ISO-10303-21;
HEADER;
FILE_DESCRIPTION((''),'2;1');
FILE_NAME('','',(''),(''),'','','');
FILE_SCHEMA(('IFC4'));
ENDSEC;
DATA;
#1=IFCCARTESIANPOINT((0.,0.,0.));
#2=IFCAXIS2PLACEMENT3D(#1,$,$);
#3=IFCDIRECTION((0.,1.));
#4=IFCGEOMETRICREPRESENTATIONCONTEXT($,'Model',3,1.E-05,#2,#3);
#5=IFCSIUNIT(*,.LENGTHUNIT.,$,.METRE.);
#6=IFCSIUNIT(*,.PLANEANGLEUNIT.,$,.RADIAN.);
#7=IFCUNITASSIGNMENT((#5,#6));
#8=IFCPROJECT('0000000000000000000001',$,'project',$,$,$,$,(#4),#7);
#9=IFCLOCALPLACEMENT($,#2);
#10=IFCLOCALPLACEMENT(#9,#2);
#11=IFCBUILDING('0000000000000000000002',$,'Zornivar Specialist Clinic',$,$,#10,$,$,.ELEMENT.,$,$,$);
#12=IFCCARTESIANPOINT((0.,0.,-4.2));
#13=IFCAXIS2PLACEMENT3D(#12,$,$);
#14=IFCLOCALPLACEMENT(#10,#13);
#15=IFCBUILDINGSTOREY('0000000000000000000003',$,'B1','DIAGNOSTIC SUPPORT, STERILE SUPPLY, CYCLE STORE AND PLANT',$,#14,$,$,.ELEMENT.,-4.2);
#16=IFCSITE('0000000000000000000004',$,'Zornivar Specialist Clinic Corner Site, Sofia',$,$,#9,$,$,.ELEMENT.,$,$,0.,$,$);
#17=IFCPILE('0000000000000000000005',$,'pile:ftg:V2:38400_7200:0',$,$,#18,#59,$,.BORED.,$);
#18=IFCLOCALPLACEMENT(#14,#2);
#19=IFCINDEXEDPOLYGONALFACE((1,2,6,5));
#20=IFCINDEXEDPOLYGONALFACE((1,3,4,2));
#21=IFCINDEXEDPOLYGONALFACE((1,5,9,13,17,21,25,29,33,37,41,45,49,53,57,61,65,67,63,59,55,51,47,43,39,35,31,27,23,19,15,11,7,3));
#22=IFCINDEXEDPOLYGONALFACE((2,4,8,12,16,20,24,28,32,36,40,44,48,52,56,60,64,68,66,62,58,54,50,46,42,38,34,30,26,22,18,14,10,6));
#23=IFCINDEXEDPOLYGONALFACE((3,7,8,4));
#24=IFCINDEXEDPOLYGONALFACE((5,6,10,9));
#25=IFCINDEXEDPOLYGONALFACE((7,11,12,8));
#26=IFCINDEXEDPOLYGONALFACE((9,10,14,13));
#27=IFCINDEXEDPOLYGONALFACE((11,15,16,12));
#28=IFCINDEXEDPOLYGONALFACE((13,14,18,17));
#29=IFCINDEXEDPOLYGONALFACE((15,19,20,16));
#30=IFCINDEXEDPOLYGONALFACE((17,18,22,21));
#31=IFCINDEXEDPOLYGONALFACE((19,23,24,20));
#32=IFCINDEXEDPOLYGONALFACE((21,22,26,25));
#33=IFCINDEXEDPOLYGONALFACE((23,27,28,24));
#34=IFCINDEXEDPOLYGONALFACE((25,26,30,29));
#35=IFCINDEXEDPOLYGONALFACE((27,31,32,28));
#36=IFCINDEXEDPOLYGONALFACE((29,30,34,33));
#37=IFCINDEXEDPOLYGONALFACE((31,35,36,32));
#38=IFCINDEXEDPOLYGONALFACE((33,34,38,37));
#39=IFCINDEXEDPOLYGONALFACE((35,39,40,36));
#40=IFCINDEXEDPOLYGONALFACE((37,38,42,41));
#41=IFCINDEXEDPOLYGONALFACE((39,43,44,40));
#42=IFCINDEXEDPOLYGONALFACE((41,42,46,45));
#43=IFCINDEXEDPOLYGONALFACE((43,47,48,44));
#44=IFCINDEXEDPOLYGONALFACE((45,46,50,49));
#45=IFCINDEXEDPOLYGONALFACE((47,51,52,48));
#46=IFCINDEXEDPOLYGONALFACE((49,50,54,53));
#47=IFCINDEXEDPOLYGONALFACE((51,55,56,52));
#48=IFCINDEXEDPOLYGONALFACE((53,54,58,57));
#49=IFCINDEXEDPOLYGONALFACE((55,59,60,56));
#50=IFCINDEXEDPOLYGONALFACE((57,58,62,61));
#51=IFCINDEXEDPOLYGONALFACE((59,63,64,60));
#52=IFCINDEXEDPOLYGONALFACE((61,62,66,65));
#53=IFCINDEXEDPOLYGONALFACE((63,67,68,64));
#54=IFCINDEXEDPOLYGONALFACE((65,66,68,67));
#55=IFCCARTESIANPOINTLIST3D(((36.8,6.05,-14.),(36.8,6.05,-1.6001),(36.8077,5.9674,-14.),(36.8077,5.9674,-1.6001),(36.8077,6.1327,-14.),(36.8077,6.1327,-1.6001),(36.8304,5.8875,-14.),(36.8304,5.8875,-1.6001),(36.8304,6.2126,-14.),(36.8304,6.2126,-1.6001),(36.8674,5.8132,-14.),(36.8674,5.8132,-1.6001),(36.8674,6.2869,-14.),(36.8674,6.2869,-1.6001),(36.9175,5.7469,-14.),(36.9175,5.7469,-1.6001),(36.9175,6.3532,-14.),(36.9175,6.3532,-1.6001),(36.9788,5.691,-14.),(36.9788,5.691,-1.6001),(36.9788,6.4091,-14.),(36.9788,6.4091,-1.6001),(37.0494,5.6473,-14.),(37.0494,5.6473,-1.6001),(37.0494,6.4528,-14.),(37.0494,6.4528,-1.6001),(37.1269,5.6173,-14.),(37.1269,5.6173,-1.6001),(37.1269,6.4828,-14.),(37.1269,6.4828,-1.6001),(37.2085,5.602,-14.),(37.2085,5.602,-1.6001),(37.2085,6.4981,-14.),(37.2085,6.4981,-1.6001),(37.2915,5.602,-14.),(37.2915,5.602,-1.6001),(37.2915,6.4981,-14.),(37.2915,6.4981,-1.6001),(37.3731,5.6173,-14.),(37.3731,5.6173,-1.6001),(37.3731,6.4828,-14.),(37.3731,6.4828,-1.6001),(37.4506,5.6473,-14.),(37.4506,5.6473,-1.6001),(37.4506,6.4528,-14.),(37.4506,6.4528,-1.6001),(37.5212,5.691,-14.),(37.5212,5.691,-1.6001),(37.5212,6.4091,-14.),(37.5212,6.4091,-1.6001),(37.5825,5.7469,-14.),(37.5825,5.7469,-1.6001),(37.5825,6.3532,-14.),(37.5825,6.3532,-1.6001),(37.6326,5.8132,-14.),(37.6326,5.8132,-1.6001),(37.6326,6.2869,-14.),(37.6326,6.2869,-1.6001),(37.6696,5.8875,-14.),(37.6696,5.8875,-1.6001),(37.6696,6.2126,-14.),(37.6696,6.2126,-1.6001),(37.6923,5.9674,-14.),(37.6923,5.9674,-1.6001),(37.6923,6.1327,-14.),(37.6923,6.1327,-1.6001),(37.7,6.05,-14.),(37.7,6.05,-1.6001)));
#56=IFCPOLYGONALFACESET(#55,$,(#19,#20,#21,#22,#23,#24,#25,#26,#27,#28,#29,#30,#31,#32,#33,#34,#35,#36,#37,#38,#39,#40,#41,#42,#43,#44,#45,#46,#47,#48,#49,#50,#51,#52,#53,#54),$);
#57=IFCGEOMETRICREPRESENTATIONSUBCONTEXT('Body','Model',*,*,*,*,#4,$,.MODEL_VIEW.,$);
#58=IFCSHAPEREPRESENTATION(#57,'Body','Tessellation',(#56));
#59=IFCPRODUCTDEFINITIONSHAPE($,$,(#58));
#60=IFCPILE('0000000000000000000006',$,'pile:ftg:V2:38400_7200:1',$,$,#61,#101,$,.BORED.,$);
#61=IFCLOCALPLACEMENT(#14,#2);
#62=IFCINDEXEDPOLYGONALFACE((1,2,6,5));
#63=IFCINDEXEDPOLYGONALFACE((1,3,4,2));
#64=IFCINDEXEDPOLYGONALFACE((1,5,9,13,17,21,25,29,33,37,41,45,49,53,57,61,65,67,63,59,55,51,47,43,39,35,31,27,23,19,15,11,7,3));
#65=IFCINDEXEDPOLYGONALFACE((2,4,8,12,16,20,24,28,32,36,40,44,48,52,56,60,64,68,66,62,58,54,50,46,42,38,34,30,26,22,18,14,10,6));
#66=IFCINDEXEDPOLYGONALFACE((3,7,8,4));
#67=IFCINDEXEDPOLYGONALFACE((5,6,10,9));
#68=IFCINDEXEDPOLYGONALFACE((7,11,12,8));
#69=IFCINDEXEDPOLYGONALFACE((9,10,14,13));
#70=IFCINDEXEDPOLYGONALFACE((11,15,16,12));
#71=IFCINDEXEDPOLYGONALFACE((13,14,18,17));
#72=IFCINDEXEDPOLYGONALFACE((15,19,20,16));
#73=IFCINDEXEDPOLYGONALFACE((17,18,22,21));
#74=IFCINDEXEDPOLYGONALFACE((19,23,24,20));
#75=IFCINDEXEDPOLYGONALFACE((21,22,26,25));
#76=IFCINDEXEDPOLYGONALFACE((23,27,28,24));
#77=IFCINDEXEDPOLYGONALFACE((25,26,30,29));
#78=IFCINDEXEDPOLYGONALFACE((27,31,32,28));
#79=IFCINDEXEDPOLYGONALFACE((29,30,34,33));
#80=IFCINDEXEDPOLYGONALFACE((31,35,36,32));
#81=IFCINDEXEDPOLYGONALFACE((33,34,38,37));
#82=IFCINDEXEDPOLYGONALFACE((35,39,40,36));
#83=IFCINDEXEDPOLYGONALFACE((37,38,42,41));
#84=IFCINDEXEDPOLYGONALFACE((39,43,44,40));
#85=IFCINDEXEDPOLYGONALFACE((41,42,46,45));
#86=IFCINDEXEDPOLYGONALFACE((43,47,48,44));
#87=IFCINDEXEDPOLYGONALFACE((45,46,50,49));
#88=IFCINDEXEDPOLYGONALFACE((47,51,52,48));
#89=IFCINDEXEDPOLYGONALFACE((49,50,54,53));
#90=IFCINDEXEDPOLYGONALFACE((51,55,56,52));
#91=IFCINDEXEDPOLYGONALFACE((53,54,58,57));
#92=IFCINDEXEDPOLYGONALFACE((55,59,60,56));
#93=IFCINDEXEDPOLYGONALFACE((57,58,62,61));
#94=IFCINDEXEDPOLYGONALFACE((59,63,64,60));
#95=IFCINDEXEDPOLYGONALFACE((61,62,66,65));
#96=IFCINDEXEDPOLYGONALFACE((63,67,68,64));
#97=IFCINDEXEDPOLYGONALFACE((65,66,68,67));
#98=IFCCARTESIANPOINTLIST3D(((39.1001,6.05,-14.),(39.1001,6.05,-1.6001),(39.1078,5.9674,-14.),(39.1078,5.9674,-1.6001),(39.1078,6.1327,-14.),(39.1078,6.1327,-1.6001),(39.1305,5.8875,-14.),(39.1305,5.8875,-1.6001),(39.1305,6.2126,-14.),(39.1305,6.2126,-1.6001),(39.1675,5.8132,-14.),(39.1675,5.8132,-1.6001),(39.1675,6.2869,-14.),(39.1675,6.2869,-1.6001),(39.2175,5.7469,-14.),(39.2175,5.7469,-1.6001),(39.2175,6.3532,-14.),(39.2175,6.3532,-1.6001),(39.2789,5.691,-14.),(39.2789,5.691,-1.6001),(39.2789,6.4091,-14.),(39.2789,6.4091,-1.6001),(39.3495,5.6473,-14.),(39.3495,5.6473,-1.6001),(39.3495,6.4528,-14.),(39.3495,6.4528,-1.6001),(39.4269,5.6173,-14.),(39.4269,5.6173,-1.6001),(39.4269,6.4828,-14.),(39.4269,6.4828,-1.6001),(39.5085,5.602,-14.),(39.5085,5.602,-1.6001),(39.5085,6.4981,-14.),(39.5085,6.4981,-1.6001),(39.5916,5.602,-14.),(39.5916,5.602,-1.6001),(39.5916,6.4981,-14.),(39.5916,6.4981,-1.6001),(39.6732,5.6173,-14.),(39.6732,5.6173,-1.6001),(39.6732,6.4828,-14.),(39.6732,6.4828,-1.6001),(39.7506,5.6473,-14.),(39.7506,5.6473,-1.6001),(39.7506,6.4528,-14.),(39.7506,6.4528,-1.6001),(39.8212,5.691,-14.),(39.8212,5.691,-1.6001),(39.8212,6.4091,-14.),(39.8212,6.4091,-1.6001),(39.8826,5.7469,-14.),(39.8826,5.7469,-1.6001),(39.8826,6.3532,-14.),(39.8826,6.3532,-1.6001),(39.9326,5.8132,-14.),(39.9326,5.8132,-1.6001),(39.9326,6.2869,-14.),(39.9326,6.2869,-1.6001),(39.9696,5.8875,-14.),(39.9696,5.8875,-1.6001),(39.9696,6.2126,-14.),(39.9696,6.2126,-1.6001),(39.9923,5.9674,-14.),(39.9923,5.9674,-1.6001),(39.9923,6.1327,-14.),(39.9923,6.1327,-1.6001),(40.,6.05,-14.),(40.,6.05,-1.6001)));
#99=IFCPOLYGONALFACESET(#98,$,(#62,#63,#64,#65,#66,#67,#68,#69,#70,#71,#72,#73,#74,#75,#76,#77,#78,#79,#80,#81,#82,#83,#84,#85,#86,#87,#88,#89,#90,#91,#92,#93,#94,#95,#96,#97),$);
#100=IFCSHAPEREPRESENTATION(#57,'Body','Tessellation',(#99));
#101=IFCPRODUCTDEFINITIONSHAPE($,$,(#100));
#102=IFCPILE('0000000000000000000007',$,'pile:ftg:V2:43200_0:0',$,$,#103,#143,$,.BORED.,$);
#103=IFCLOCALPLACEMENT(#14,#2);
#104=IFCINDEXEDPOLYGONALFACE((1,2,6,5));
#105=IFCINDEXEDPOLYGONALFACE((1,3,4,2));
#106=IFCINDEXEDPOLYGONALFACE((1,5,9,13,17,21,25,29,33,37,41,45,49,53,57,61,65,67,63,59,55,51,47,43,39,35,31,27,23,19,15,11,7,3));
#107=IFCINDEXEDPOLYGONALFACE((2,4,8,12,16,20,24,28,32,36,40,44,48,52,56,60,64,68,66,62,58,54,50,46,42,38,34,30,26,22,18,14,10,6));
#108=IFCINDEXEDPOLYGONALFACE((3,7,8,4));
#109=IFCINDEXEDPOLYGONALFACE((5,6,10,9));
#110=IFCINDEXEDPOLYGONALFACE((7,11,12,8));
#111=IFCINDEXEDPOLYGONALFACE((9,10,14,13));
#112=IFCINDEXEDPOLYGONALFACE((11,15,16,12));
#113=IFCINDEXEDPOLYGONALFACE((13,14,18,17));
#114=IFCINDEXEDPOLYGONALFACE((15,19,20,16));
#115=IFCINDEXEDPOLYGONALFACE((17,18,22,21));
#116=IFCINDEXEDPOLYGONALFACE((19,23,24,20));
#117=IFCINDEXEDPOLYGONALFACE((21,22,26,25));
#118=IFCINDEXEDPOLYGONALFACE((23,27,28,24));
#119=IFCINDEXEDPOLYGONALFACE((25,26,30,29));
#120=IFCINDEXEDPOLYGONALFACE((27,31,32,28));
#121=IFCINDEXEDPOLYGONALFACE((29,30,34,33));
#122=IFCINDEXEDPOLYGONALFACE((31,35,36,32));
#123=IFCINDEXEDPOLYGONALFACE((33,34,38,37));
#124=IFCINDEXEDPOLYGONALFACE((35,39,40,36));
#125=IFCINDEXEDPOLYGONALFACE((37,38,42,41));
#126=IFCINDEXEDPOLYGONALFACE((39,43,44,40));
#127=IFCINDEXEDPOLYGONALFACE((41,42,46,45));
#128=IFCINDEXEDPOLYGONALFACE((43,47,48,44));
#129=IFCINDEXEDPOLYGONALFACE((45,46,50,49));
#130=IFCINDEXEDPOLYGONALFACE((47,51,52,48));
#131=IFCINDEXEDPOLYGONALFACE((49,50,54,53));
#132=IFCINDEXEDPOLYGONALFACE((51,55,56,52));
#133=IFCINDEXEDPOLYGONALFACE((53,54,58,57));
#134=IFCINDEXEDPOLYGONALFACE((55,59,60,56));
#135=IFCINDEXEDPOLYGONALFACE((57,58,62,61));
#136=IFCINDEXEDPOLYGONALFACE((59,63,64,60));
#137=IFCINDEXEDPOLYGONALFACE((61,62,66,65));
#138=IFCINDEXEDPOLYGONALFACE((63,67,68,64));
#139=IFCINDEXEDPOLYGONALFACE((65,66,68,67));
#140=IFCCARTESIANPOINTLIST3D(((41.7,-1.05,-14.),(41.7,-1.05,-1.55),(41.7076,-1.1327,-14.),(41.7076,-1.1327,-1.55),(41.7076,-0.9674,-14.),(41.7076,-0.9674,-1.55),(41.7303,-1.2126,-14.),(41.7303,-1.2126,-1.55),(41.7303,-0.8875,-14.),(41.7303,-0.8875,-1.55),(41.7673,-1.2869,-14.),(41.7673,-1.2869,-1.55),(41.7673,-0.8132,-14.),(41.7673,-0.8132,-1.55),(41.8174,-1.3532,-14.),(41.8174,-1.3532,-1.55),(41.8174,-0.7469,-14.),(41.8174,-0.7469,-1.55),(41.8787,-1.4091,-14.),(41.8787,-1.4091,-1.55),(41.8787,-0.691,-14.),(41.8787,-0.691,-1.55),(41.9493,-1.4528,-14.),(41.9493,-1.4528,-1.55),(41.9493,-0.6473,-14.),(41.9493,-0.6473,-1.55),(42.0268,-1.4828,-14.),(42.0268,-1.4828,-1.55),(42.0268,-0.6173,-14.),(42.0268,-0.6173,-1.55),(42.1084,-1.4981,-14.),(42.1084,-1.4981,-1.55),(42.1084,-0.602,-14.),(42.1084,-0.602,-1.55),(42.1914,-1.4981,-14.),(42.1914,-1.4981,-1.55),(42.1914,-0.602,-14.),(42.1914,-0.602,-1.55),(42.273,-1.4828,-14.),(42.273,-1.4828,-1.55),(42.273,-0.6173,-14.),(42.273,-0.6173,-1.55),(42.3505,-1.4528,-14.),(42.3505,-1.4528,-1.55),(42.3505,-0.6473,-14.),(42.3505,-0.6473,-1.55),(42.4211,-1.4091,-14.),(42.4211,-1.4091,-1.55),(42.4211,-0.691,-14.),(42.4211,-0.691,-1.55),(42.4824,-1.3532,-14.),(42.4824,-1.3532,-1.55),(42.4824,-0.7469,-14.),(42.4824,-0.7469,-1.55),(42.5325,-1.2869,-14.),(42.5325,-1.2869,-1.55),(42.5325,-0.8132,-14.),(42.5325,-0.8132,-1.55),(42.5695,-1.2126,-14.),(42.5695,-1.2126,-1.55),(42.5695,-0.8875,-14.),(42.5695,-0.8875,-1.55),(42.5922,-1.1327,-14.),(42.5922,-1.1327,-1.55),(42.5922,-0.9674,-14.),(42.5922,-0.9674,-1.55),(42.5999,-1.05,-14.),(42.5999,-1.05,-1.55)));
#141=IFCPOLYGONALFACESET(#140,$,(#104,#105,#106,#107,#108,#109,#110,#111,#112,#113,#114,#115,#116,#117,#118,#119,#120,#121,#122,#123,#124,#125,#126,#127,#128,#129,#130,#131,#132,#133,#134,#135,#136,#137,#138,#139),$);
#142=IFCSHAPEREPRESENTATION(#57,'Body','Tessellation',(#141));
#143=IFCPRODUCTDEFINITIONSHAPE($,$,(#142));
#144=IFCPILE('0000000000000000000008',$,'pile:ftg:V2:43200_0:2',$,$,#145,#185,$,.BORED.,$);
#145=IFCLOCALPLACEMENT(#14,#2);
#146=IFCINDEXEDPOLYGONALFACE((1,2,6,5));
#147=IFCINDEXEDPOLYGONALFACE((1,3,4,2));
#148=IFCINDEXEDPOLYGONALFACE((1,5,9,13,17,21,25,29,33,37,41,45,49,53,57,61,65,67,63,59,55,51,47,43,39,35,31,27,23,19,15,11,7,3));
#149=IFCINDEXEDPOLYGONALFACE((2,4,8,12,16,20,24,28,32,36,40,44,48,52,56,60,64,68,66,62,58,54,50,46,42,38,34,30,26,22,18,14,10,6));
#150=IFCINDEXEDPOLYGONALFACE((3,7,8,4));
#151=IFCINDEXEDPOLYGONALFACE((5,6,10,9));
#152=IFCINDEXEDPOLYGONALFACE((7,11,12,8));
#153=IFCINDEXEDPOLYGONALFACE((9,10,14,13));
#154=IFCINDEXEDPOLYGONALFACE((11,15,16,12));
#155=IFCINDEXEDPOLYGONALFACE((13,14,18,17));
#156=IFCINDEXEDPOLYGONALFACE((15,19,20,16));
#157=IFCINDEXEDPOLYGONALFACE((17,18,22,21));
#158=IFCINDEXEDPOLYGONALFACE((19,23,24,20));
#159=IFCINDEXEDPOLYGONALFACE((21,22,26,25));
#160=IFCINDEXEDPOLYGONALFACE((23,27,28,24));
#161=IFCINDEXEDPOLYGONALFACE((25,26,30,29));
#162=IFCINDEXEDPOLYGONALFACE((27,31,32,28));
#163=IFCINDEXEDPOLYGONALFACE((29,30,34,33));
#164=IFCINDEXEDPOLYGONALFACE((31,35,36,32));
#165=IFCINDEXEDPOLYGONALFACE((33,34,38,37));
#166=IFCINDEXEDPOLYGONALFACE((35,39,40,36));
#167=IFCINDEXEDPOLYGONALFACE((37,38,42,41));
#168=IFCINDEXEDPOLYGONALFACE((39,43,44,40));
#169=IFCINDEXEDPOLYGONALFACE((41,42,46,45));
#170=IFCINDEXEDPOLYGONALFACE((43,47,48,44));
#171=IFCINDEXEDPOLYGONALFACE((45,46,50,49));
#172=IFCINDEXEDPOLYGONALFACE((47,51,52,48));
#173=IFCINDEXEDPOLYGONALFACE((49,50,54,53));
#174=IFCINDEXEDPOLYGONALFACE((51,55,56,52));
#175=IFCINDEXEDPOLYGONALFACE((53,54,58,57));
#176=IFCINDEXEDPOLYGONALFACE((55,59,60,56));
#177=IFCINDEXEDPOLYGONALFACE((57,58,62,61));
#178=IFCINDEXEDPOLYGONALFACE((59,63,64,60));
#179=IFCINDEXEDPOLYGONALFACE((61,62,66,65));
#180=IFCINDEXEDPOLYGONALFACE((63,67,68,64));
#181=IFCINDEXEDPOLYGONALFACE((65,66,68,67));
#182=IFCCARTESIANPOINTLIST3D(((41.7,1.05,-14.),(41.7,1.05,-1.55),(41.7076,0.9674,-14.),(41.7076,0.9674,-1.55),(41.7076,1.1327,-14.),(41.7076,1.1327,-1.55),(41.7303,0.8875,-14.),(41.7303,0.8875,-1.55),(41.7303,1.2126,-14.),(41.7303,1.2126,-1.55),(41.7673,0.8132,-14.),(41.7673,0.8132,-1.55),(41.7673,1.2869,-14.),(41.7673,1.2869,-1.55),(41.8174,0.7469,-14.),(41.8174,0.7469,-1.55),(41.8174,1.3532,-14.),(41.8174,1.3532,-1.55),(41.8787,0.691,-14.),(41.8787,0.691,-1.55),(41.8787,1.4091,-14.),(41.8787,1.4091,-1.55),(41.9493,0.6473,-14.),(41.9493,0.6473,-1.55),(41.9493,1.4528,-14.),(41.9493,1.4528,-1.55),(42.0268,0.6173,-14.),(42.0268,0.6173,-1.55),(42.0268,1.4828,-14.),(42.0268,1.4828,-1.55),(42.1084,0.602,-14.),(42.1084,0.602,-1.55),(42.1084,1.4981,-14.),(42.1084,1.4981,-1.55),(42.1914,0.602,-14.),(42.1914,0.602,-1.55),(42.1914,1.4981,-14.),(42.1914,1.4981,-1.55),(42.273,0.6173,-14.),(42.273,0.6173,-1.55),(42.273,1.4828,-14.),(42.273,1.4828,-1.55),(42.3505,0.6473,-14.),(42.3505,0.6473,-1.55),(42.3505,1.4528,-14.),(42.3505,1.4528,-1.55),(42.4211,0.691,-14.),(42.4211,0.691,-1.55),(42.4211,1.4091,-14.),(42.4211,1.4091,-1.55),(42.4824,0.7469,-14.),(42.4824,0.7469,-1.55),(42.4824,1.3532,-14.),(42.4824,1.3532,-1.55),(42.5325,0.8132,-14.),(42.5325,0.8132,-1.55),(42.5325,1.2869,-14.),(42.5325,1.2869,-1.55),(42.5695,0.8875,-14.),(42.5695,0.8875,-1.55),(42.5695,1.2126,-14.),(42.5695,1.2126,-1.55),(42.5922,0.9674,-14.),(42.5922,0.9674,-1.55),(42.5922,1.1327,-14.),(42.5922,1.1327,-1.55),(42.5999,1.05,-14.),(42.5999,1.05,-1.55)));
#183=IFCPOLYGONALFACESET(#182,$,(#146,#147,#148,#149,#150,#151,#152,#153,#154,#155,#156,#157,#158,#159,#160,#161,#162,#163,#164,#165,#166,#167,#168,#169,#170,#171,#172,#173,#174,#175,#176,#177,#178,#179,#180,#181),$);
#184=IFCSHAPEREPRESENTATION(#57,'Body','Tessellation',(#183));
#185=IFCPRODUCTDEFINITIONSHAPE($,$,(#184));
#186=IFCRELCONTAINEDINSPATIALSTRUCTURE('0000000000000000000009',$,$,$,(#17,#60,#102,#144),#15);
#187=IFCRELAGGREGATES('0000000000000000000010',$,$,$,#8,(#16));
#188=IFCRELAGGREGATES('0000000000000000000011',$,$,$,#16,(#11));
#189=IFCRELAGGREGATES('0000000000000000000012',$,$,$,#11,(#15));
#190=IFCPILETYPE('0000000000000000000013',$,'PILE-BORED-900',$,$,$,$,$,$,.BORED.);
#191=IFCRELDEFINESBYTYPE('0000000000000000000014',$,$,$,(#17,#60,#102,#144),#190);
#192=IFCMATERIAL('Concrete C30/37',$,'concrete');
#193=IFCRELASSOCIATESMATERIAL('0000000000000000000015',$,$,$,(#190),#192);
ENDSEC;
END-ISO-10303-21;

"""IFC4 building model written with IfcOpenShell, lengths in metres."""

from ifc_helpers import new_model, si_unit, direction, frame, origin, origin_2d, place, context, subcontext, project, spatial, circle, extrude, material, material_profile, profile_set, type_object, element, save


model = new_model("IFC4")

# Units and contexts
model_context = context("Model", 3, precision=1e-05, world=origin(), true_north=direction((0.0, 1.0)))
body_context = subcontext(model_context, "Body", "Model", "MODEL_VIEW")
ifc_project = project(units=[si_unit("LENGTHUNIT", "METRE"), si_unit("PLANEANGLEUNIT", "RADIAN")], contexts=[model_context])

# Site, building, storey
site_placement = place(None, origin())
site = spatial("IfcSite", under=ifc_project, at=site_placement, Name="Zornivar Specialist Clinic Corner Site, Sofia", CompositionType="ELEMENT", RefElevation=0.0)
building_placement = place(site_placement, origin())
building = spatial("IfcBuilding", under=site, at=building_placement, Name="Zornivar Specialist Clinic", CompositionType="ELEMENT")
storey_placement = place(building_placement, frame((0.0, 0.0, -4.2)))
storey = spatial("IfcBuildingStorey", under=building, at=storey_placement, Name="B1", Description="DIAGNOSTIC SUPPORT, STERILE SUPPLY, CYCLE STORE AND PLANT", CompositionType="ELEMENT", Elevation=-4.2)

# Piles
ifc_material_1 = material(Name="Concrete C30/37", Category="concrete")
ifc_material_profile_1 = material_profile(ifc_material_1, circle(Radius=0.45, at=origin_2d()), Name="PILE D900")
ifc_profile_set_1 = profile_set([ifc_material_profile_1], Name="Concrete C30/37")
pile_type = type_object("IfcPileType", Name="PILE-BORED-900", PredefinedType="BORED", material=ifc_profile_set_1)
for number, where, z_axis, x_axis, name in (
    (1, (37.25, 6.05, -1.6001), (0.0, 0.0, -1.0), (1.0, 0.0, 0.0), "pile:ftg:V2:38400_7200:0"),
    (2, (39.55, 6.05, -1.6001), (0.0, 0.0, -1.0), (1.0, 0.0, 0.0), "pile:ftg:V2:38400_7200:1"),
):
    element("IfcPile", number, at=place(storey_placement, frame(where, z_axis=z_axis, x_axis=x_axis)), inside=storey, type_object=pile_type, Name=name, PredefinedType="BORED", context=body_context, shape_type="SweptSolid", body=[
        extrude(circle(Radius=0.45, at=origin_2d()), origin(), (0.0, 0.0, 1.0), 12.3999),
    ])
for number, where, z_axis, x_axis, name in (
    (3, (42.1499, -1.05, -1.55), (0.0, 0.0, -1.0), (1.0, 0.0, 0.0), "pile:ftg:V2:43200_0:0"),
    (4, (42.1499, 1.05, -1.55), (0.0, 0.0, -1.0), (1.0, 0.0, 0.0), "pile:ftg:V2:43200_0:2"),
):
    element("IfcPile", number, at=place(storey_placement, frame(where, z_axis=z_axis, x_axis=x_axis)), inside=storey, type_object=pile_type, Name=name, PredefinedType="BORED", context=body_context, shape_type="SweptSolid", body=[
        extrude(circle(Radius=0.45, at=origin_2d()), origin(), (0.0, 0.0, 1.0), 12.45),
    ])

save(model, "model.ifc")
